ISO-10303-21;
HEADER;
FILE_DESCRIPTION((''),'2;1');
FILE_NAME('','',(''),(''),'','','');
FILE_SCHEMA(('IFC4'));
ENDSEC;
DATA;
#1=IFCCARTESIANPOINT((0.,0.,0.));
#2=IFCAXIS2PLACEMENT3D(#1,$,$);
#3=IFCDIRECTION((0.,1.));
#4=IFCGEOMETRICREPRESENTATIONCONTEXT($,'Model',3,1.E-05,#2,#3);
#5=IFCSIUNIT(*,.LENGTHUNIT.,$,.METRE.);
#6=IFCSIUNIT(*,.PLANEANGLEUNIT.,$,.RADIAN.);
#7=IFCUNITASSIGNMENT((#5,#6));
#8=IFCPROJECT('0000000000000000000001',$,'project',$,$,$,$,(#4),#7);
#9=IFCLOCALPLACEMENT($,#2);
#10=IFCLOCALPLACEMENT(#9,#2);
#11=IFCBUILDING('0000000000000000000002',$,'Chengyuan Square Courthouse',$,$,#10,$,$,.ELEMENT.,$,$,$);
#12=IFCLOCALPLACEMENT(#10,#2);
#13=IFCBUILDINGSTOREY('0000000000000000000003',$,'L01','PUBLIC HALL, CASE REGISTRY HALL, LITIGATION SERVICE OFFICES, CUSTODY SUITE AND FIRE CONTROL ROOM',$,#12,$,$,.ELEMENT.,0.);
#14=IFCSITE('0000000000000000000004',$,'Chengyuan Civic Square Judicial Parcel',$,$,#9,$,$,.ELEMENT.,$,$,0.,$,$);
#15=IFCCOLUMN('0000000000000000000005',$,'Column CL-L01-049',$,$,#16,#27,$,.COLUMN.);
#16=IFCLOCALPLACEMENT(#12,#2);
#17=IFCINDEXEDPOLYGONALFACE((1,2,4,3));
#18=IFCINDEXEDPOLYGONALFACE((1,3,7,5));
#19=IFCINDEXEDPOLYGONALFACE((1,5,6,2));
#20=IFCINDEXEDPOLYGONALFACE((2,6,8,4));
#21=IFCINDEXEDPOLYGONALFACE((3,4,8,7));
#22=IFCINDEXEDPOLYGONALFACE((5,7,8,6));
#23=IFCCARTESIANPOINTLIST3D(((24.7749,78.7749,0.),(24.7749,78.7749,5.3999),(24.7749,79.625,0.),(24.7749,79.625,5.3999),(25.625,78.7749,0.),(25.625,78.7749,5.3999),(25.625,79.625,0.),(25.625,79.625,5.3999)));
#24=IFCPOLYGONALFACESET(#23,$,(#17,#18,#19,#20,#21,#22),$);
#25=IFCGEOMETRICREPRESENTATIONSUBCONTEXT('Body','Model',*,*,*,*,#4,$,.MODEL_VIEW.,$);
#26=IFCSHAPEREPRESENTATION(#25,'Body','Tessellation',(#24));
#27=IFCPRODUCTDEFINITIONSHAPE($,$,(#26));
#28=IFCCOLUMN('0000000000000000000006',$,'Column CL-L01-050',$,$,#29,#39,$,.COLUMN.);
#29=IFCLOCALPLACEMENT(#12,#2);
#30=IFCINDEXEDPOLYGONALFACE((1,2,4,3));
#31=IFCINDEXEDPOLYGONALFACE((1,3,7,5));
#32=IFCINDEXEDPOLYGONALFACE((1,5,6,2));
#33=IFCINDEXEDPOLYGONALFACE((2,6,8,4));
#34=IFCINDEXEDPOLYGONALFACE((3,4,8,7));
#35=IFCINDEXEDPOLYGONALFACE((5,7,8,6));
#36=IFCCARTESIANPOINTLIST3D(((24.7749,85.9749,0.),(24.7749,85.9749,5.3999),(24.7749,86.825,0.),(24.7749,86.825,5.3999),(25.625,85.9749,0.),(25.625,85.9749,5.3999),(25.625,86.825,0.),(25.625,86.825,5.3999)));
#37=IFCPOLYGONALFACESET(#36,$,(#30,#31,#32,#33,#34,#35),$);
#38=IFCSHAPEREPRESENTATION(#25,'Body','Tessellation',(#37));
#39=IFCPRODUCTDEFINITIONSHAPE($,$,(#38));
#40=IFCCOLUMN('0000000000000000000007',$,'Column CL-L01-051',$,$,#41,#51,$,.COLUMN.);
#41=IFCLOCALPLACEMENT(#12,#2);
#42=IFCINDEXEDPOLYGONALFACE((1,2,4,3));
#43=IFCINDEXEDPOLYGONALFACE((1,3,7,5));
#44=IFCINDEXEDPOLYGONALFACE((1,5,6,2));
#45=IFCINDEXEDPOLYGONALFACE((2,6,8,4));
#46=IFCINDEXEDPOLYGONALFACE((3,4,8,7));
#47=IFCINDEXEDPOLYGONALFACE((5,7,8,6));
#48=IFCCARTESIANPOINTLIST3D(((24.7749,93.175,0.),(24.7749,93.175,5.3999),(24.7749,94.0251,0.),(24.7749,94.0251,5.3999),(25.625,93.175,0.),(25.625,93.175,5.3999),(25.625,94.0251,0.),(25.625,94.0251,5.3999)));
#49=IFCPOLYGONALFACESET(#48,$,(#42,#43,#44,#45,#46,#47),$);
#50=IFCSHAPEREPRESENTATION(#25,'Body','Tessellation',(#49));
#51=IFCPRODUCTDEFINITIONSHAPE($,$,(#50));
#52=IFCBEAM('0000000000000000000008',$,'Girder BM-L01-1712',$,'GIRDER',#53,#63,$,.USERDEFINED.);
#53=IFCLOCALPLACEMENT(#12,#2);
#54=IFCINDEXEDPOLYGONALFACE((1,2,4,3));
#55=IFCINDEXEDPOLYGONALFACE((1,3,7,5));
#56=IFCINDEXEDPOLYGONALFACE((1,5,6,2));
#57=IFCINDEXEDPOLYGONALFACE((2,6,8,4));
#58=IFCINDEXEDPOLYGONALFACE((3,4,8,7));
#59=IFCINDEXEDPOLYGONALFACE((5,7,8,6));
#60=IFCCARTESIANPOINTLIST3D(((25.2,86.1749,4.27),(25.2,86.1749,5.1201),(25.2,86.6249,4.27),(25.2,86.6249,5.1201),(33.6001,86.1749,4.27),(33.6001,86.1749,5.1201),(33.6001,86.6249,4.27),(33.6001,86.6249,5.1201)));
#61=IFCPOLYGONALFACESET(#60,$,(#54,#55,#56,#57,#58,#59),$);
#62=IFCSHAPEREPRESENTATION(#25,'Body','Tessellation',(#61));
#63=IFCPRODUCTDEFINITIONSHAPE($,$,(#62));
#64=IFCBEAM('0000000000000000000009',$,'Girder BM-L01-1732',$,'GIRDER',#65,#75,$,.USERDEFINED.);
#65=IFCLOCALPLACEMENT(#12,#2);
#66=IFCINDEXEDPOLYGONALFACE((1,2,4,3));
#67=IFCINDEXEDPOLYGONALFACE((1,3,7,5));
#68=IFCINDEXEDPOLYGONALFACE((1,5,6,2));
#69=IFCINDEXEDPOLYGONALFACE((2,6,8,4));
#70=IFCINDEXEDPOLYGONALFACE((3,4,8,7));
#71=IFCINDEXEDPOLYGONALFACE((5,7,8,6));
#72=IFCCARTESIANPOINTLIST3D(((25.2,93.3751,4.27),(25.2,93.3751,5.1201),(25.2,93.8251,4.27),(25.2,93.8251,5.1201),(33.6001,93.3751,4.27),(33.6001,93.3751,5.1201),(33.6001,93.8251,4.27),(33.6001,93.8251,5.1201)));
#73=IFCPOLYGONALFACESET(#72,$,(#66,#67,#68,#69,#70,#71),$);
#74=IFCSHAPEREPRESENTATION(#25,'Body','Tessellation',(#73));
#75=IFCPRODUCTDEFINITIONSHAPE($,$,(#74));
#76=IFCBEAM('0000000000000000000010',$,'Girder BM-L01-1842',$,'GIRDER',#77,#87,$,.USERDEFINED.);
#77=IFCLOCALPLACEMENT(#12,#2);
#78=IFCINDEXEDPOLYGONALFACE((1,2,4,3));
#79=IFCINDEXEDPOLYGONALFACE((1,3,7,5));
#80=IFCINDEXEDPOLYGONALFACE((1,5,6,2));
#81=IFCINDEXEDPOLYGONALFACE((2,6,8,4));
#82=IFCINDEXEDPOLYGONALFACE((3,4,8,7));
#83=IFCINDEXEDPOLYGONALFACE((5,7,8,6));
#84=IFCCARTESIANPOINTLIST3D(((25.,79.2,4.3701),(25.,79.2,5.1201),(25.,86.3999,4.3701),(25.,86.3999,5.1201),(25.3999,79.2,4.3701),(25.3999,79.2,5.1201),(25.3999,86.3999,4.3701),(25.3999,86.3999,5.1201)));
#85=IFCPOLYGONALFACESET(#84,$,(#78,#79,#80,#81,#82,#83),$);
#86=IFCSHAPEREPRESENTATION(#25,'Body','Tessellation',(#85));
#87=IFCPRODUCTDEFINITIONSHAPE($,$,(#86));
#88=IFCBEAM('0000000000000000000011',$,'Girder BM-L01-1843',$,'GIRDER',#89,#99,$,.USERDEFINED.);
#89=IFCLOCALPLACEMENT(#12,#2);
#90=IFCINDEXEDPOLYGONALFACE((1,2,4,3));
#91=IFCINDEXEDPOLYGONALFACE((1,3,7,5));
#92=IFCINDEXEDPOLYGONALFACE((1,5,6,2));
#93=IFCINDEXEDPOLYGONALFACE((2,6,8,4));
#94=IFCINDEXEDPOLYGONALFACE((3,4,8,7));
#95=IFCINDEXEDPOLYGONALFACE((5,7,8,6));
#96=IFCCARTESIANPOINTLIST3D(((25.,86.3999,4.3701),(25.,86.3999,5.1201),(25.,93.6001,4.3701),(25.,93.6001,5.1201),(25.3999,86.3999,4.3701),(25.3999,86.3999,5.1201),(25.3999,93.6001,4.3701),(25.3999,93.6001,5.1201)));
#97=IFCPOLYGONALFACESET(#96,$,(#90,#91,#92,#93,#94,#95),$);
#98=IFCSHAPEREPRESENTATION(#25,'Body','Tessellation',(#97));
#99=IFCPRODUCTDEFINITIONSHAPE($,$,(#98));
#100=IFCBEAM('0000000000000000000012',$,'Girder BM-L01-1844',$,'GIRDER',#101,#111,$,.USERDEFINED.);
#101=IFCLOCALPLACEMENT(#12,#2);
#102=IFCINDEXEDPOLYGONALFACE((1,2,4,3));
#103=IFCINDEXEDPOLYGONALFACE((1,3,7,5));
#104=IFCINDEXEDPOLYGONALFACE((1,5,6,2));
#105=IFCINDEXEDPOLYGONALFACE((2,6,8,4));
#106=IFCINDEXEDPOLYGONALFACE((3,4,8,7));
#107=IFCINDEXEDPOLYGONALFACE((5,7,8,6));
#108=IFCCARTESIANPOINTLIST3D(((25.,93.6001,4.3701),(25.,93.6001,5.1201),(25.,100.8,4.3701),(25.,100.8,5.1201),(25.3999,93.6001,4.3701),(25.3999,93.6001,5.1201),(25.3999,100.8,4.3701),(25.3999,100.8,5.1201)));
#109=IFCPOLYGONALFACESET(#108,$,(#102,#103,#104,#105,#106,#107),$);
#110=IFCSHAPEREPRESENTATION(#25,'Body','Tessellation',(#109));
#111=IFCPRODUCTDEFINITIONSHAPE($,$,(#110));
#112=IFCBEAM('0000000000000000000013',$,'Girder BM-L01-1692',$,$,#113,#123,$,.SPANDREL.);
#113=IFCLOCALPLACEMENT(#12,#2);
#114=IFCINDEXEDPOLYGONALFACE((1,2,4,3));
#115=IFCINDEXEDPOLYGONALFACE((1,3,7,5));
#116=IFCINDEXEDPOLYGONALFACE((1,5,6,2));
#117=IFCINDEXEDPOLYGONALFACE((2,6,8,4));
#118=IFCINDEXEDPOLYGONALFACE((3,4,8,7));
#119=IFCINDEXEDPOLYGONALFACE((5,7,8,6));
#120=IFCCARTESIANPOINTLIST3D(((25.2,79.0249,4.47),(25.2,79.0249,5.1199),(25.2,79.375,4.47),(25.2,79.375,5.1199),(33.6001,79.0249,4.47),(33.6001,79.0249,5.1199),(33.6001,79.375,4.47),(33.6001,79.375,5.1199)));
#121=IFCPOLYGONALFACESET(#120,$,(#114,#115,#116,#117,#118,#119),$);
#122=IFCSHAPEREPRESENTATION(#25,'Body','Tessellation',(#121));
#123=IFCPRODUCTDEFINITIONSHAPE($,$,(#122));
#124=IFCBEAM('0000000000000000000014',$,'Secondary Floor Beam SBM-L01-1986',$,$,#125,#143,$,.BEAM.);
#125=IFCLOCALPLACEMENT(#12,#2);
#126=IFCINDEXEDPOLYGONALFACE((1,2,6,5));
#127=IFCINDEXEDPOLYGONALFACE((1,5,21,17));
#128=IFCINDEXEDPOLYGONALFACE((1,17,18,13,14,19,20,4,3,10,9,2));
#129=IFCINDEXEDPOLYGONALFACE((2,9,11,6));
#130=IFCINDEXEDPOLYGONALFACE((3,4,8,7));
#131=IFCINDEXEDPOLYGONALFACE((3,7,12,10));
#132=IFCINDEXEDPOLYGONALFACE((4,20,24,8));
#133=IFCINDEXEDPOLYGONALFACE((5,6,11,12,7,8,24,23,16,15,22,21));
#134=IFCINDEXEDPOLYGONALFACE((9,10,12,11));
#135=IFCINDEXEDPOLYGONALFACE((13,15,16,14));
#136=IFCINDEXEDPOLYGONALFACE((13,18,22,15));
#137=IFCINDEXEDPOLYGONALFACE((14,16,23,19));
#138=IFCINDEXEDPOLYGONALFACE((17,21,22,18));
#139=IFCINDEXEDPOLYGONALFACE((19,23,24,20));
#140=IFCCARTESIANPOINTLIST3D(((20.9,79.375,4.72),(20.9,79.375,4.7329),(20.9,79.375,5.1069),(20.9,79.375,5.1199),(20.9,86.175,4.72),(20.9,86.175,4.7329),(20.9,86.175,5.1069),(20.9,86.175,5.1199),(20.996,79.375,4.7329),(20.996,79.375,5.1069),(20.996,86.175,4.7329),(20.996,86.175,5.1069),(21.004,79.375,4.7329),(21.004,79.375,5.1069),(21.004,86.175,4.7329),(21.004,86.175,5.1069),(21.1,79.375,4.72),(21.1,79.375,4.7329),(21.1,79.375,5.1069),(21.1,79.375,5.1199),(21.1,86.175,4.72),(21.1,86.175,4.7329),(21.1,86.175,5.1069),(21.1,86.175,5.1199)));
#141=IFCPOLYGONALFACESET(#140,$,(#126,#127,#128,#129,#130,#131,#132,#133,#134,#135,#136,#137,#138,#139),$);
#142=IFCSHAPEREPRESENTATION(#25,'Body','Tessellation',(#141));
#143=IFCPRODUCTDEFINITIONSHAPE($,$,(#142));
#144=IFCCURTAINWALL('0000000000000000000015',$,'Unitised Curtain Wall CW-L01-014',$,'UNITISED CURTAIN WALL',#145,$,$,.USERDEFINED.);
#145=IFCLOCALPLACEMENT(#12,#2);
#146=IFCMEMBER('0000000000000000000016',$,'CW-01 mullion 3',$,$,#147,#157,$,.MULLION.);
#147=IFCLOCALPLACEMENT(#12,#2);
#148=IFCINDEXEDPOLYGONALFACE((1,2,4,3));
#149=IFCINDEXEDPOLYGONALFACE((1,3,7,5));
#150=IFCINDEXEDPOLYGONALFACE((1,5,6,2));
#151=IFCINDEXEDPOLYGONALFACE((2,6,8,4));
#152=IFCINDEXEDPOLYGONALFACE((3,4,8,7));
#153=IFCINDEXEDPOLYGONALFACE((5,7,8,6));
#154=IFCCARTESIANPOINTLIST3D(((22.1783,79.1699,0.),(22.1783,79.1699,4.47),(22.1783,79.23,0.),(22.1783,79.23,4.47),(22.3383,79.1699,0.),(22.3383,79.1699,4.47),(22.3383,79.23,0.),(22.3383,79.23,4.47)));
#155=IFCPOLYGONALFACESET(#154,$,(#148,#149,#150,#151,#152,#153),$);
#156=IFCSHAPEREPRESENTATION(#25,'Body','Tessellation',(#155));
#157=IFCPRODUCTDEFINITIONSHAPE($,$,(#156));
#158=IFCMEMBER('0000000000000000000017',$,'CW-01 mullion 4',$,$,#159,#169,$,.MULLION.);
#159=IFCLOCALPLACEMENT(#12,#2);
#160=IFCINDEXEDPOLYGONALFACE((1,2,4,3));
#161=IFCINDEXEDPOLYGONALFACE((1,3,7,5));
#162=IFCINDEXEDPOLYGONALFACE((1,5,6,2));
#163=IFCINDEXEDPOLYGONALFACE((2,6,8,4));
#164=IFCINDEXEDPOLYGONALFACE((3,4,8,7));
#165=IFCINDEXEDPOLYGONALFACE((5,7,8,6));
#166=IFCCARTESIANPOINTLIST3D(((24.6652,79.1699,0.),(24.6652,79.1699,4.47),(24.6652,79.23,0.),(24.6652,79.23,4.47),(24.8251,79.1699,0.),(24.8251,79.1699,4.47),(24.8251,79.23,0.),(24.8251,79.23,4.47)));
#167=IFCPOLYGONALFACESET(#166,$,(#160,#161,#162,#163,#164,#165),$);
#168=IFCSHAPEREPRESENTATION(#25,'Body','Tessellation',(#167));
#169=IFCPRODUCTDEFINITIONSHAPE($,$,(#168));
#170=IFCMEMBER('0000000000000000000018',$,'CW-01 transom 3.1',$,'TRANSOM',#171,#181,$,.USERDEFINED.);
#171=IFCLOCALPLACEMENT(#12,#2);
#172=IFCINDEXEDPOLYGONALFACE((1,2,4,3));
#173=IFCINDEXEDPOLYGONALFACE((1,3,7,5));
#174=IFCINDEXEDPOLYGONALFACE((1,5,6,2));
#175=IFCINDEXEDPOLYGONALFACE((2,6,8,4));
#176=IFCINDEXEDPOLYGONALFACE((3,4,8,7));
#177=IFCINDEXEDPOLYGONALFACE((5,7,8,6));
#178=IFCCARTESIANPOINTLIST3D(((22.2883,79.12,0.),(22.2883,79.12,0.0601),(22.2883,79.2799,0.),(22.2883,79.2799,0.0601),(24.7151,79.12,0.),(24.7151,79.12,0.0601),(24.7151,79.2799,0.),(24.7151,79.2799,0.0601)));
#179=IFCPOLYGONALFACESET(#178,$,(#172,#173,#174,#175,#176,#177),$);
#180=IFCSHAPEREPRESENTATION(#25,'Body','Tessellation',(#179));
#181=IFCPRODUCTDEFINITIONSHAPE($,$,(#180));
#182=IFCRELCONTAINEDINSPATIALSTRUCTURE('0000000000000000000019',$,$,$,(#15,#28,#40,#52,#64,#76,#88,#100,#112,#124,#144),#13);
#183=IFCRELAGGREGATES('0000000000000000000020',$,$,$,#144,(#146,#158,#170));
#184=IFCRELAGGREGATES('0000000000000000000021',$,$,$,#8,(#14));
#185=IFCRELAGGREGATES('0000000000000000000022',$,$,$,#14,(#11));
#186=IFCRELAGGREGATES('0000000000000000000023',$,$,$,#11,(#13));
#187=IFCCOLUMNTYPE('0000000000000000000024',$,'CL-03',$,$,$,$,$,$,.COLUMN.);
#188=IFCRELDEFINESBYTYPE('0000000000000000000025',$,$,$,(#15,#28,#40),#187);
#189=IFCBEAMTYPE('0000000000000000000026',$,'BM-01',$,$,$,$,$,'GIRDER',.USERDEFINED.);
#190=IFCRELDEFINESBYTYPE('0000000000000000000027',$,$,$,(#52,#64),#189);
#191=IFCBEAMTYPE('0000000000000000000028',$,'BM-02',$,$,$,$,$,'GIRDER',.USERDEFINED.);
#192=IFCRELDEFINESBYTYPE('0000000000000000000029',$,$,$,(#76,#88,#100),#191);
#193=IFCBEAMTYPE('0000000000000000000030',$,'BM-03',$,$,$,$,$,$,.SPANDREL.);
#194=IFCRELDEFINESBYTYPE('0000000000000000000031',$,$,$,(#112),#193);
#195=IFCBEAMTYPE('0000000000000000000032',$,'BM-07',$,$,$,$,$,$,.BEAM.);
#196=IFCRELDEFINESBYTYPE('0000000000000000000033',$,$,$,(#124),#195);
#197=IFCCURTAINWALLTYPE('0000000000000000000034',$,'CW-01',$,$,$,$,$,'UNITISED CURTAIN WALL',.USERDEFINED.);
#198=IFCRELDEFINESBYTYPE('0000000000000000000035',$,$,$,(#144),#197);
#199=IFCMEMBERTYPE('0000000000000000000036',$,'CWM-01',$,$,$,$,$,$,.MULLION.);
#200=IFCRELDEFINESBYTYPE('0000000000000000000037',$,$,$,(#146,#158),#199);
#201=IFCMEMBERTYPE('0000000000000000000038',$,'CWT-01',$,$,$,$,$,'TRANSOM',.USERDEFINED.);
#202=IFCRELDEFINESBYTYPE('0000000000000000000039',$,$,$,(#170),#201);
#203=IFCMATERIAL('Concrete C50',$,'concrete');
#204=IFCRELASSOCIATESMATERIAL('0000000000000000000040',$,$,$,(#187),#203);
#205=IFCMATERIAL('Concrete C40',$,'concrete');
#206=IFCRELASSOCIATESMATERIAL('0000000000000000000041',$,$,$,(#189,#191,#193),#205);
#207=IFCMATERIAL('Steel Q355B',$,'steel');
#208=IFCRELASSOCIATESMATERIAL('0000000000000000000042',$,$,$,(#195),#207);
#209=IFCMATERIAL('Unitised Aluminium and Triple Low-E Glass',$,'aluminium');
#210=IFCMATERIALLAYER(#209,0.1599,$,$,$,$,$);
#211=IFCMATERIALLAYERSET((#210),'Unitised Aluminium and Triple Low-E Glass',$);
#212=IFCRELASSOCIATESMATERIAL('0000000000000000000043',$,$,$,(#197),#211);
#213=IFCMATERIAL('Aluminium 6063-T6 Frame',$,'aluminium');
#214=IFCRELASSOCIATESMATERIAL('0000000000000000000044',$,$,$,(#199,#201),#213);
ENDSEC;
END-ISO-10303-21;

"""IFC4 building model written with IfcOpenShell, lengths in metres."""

from ifc_helpers import new_model, si_unit, direction, frame, origin, origin_2d, place, context, subcontext, project, spatial, rectangle, i_section, extrude, material, layer, layer_set, material_profile, profile_set, type_object, element, aggregate, save


model = new_model("IFC4")

# Units and contexts
model_context = context("Model", 3, precision=1e-05, world=origin(), true_north=direction((0.0, 1.0)))
body_context = subcontext(model_context, "Body", "Model", "MODEL_VIEW")
ifc_project = project(units=[si_unit("LENGTHUNIT", "METRE"), si_unit("PLANEANGLEUNIT", "RADIAN")], contexts=[model_context])

# Site, building, storey
site_placement = place(None, origin())
site = spatial("IfcSite", under=ifc_project, at=site_placement, Name="Chengyuan Civic Square Judicial Parcel", CompositionType="ELEMENT", RefElevation=0.0)
building_placement = place(site_placement, origin())
building = spatial("IfcBuilding", under=site, at=building_placement, Name="Chengyuan Square Courthouse", CompositionType="ELEMENT")
storey_placement = place(building_placement, origin())
storey = spatial("IfcBuildingStorey", under=building, at=storey_placement, Name="L01", Description="PUBLIC HALL, CASE REGISTRY HALL, LITIGATION SERVICE OFFICES, CUSTODY SUITE AND FIRE CONTROL ROOM", CompositionType="ELEMENT", Elevation=0.0)

# Columns
ifc_material_1 = material(Name="Concrete C50", Category="concrete")
ifc_material_profile_1 = material_profile(ifc_material_1, rectangle(XDim=0.8501, YDim=0.8501, at=origin_2d()), Name="RC-COL-850x850")
ifc_profile_set_1 = profile_set([ifc_material_profile_1], Name="Concrete C50")
column_type = type_object("IfcColumnType", Name="CL-03", PredefinedType="COLUMN", material=ifc_profile_set_1)
for number, where, z_axis, x_axis, name in (
    (1, (25.2, 79.2, 0.0), (0.0, 0.0, 1.0), (1.0, 0.0, 0.0), "Column CL-L01-049"),
    (2, (25.2, 86.3999, 0.0), (0.0, 0.0, 1.0), (1.0, 0.0, 0.0), "Column CL-L01-050"),
    (3, (25.2, 93.6001, 0.0), (0.0, 0.0, 1.0), (1.0, 0.0, 0.0), "Column CL-L01-051"),
):
    element("IfcColumn", number, at=place(storey_placement, frame(where, z_axis=z_axis, x_axis=x_axis)), inside=storey, type_object=column_type, Name=name, PredefinedType="COLUMN", context=body_context, shape_type="SweptSolid", body=[
        extrude(rectangle(XDim=0.8501, YDim=0.8501, at=origin_2d()), origin(), (0.0, 0.0, 1.0), 5.3999),
    ])

# Beams
ifc_material_2 = material(Name="Concrete C40", Category="concrete")
ifc_material_profile_2 = material_profile(ifc_material_2, rectangle(XDim=0.45, YDim=0.8501, at=origin_2d()), Name="RC-BM-450x850")
ifc_profile_set_2 = profile_set([ifc_material_profile_2], Name="Concrete C40")
beam_type_1 = type_object("IfcBeamType", Name="BM-01", ElementType="GIRDER", PredefinedType="USERDEFINED", material=ifc_profile_set_2)
for number, where, z_axis, x_axis, name in (
    (4, (25.2, 86.3999, 4.6951), (1.0, 0.0, 0.0), (0.0, 1.0, 0.0), "Girder BM-L01-1712"),
    (5, (25.2, 93.6001, 4.6951), (1.0, 0.0, 0.0), (0.0, 1.0, 0.0), "Girder BM-L01-1732"),
):
    element("IfcBeam", number, at=place(storey_placement, frame(where, z_axis=z_axis, x_axis=x_axis)), inside=storey, type_object=beam_type_1, Name=name, ObjectType="GIRDER", PredefinedType="USERDEFINED", context=body_context, shape_type="SweptSolid", body=[
        extrude(rectangle(XDim=0.45, YDim=0.8501, at=origin_2d()), origin(), (0.0, 0.0, 1.0), 8.4001),
    ])
ifc_material_profile_3 = material_profile(ifc_material_2, rectangle(XDim=0.3999, YDim=0.75, at=origin_2d()), Name="RC-BM-400x750")
ifc_profile_set_3 = profile_set([ifc_material_profile_3], Name="Concrete C40")
beam_type_2 = type_object("IfcBeamType", Name="BM-02", ElementType="GIRDER", PredefinedType="USERDEFINED", material=ifc_profile_set_3)
beam_1_placement = place(storey_placement, frame((25.2, 79.2, 4.7451), z_axis=(0.0, 1.0, 0.0), x_axis=(-1.0, 0.0, 0.0)))
element("IfcBeam", 6, at=beam_1_placement, inside=storey, type_object=beam_type_2, Name="Girder BM-L01-1842", ObjectType="GIRDER", PredefinedType="USERDEFINED", context=body_context, shape_type="SweptSolid", body=[
    extrude(rectangle(XDim=0.3999, YDim=0.75, at=origin_2d()), origin(), (0.0, 0.0, 1.0), 7.2),
])
beam_2_placement = place(storey_placement, frame((25.2, 86.3999, 4.7451), z_axis=(0.0, 1.0, 0.0), x_axis=(-1.0, 0.0, 0.0)))
element("IfcBeam", 7, at=beam_2_placement, inside=storey, type_object=beam_type_2, Name="Girder BM-L01-1843", ObjectType="GIRDER", PredefinedType="USERDEFINED", context=body_context, shape_type="SweptSolid", body=[
    extrude(rectangle(XDim=0.3999, YDim=0.75, at=origin_2d()), origin(), (0.0, 0.0, 1.0), 7.2002),
])
beam_3_placement = place(storey_placement, frame((25.2, 93.6001, 4.7451), z_axis=(0.0, 1.0, 0.0), x_axis=(-1.0, 0.0, 0.0)))
element("IfcBeam", 8, at=beam_3_placement, inside=storey, type_object=beam_type_2, Name="Girder BM-L01-1844", ObjectType="GIRDER", PredefinedType="USERDEFINED", context=body_context, shape_type="SweptSolid", body=[
    extrude(rectangle(XDim=0.3999, YDim=0.75, at=origin_2d()), origin(), (0.0, 0.0, 1.0), 7.2),
])
ifc_material_profile_4 = material_profile(ifc_material_2, rectangle(XDim=0.3501, YDim=0.6499, at=origin_2d()), Name="RC-BM-350x650")
ifc_profile_set_4 = profile_set([ifc_material_profile_4], Name="Concrete C40")
beam_type_3 = type_object("IfcBeamType", Name="BM-03", PredefinedType="SPANDREL", material=ifc_profile_set_4)
beam_4_placement = place(storey_placement, frame((25.2, 79.2, 4.7949), z_axis=(1.0, 0.0, 0.0), x_axis=(0.0, 1.0, 0.0)))
element("IfcBeam", 9, at=beam_4_placement, inside=storey, type_object=beam_type_3, Name="Girder BM-L01-1692", PredefinedType="SPANDREL", context=body_context, shape_type="SweptSolid", body=[
    extrude(rectangle(XDim=0.3501, YDim=0.6499, at=origin_2d()), origin(), (0.0, 0.0, 1.0), 8.4001),
])
ifc_material_3 = material(Name="Steel Q355B", Category="steel")
ifc_material_profile_5 = material_profile(ifc_material_3, i_section(OverallWidth=0.2, OverallDepth=0.3999, WebThickness=0.0081, FlangeThickness=0.0129, at=origin_2d()), Name="HN 400x200x8x13")
ifc_profile_set_5 = profile_set([ifc_material_profile_5], Name="Steel Q355B")
beam_type_4 = type_object("IfcBeamType", Name="BM-07", PredefinedType="BEAM", material=ifc_profile_set_5)
beam_5_placement = place(storey_placement, frame((21.0, 79.375, 4.9199), z_axis=(0.0, 1.0, 0.0), x_axis=(-1.0, 0.0, 0.0)))
element("IfcBeam", 10, at=beam_5_placement, inside=storey, type_object=beam_type_4, Name="Secondary Floor Beam SBM-L01-1986", PredefinedType="BEAM", context=body_context, shape_type="SweptSolid", body=[
    extrude(i_section(OverallWidth=0.2, OverallDepth=0.3999, WebThickness=0.0081, FlangeThickness=0.0129, at=origin_2d()), origin(), (0.0, 0.0, 1.0), 6.8),
])

# Curtain wall, members
ifc_material_4 = material(Name="Unitised Aluminium and Triple Low-E Glass", Category="aluminium")
ifc_layer_1 = layer(ifc_material_4, 0.1599)
ifc_layer_set_1 = layer_set([ifc_layer_1], Name="Unitised Aluminium and Triple Low-E Glass")
curtain_wall_type = type_object("IfcCurtainWallType", Name="CW-01", ElementType="UNITISED CURTAIN WALL", PredefinedType="USERDEFINED", material=ifc_layer_set_1)
curtain_wall_placement = place(storey_placement, origin())
curtain_wall = element("IfcCurtainWall", 11, at=curtain_wall_placement, inside=storey, type_object=curtain_wall_type, Name="Unitised Curtain Wall CW-L01-014", ObjectType="UNITISED CURTAIN WALL", PredefinedType="USERDEFINED")
ifc_material_5 = material(Name="Aluminium 6063-T6 Frame", Category="aluminium")
ifc_material_profile_6 = material_profile(ifc_material_5, rectangle(XDim=0.0601, YDim=0.1599, at=origin_2d()), Name="CW-MUL-60x160")
ifc_profile_set_6 = profile_set([ifc_material_profile_6], Name="Aluminium 6063-T6 Frame")
member_type_1 = type_object("IfcMemberType", Name="CWM-01", PredefinedType="MULLION", material=ifc_profile_set_6)
member_1_placement = place(storey_placement, frame((22.2583, 79.2, 0.0), z_axis=(0.0, 0.0, 1.0), x_axis=(0.0, 1.0, 0.0)))
member_1 = element("IfcMember", 12, at=member_1_placement, type_object=member_type_1, Name="CW-01 mullion 3", PredefinedType="MULLION", context=body_context, shape_type="SweptSolid", body=[
    extrude(rectangle(XDim=0.0601, YDim=0.1599, at=origin_2d()), origin(), (0.0, 0.0, 1.0), 4.47),
])
member_2_placement = place(storey_placement, frame((24.7451, 79.2, 0.0), z_axis=(0.0, 0.0, 1.0), x_axis=(0.0, 1.0, 0.0)))
member_2 = element("IfcMember", 13, at=member_2_placement, type_object=member_type_1, Name="CW-01 mullion 4", PredefinedType="MULLION", context=body_context, shape_type="SweptSolid", body=[
    extrude(rectangle(XDim=0.0601, YDim=0.1599, at=origin_2d()), origin(), (0.0, 0.0, 1.0), 4.47),
])
ifc_material_profile_7 = material_profile(ifc_material_5, rectangle(XDim=0.1599, YDim=0.0601, at=origin_2d()), Name="CW-TRN-60x120")
ifc_profile_set_7 = profile_set([ifc_material_profile_7], Name="Aluminium 6063-T6 Frame")
member_type_2 = type_object("IfcMemberType", Name="CWT-01", ElementType="TRANSOM", PredefinedType="USERDEFINED", material=ifc_profile_set_7)
member_3_placement = place(storey_placement, frame((22.2883, 79.2, 0.03), z_axis=(1.0, 0.0, 0.0), x_axis=(0.0, 1.0, 0.0)))
member_3 = element("IfcMember", 14, at=member_3_placement, type_object=member_type_2, Name="CW-01 transom 3.1", ObjectType="TRANSOM", PredefinedType="USERDEFINED", context=body_context, shape_type="SweptSolid", body=[
    extrude(rectangle(XDim=0.1599, YDim=0.0601, at=origin_2d()), origin(), (0.0, 0.0, 1.0), 2.4268),
])
aggregate(curtain_wall, [member_1, member_2, member_3])

save(model, "model.ifc")
